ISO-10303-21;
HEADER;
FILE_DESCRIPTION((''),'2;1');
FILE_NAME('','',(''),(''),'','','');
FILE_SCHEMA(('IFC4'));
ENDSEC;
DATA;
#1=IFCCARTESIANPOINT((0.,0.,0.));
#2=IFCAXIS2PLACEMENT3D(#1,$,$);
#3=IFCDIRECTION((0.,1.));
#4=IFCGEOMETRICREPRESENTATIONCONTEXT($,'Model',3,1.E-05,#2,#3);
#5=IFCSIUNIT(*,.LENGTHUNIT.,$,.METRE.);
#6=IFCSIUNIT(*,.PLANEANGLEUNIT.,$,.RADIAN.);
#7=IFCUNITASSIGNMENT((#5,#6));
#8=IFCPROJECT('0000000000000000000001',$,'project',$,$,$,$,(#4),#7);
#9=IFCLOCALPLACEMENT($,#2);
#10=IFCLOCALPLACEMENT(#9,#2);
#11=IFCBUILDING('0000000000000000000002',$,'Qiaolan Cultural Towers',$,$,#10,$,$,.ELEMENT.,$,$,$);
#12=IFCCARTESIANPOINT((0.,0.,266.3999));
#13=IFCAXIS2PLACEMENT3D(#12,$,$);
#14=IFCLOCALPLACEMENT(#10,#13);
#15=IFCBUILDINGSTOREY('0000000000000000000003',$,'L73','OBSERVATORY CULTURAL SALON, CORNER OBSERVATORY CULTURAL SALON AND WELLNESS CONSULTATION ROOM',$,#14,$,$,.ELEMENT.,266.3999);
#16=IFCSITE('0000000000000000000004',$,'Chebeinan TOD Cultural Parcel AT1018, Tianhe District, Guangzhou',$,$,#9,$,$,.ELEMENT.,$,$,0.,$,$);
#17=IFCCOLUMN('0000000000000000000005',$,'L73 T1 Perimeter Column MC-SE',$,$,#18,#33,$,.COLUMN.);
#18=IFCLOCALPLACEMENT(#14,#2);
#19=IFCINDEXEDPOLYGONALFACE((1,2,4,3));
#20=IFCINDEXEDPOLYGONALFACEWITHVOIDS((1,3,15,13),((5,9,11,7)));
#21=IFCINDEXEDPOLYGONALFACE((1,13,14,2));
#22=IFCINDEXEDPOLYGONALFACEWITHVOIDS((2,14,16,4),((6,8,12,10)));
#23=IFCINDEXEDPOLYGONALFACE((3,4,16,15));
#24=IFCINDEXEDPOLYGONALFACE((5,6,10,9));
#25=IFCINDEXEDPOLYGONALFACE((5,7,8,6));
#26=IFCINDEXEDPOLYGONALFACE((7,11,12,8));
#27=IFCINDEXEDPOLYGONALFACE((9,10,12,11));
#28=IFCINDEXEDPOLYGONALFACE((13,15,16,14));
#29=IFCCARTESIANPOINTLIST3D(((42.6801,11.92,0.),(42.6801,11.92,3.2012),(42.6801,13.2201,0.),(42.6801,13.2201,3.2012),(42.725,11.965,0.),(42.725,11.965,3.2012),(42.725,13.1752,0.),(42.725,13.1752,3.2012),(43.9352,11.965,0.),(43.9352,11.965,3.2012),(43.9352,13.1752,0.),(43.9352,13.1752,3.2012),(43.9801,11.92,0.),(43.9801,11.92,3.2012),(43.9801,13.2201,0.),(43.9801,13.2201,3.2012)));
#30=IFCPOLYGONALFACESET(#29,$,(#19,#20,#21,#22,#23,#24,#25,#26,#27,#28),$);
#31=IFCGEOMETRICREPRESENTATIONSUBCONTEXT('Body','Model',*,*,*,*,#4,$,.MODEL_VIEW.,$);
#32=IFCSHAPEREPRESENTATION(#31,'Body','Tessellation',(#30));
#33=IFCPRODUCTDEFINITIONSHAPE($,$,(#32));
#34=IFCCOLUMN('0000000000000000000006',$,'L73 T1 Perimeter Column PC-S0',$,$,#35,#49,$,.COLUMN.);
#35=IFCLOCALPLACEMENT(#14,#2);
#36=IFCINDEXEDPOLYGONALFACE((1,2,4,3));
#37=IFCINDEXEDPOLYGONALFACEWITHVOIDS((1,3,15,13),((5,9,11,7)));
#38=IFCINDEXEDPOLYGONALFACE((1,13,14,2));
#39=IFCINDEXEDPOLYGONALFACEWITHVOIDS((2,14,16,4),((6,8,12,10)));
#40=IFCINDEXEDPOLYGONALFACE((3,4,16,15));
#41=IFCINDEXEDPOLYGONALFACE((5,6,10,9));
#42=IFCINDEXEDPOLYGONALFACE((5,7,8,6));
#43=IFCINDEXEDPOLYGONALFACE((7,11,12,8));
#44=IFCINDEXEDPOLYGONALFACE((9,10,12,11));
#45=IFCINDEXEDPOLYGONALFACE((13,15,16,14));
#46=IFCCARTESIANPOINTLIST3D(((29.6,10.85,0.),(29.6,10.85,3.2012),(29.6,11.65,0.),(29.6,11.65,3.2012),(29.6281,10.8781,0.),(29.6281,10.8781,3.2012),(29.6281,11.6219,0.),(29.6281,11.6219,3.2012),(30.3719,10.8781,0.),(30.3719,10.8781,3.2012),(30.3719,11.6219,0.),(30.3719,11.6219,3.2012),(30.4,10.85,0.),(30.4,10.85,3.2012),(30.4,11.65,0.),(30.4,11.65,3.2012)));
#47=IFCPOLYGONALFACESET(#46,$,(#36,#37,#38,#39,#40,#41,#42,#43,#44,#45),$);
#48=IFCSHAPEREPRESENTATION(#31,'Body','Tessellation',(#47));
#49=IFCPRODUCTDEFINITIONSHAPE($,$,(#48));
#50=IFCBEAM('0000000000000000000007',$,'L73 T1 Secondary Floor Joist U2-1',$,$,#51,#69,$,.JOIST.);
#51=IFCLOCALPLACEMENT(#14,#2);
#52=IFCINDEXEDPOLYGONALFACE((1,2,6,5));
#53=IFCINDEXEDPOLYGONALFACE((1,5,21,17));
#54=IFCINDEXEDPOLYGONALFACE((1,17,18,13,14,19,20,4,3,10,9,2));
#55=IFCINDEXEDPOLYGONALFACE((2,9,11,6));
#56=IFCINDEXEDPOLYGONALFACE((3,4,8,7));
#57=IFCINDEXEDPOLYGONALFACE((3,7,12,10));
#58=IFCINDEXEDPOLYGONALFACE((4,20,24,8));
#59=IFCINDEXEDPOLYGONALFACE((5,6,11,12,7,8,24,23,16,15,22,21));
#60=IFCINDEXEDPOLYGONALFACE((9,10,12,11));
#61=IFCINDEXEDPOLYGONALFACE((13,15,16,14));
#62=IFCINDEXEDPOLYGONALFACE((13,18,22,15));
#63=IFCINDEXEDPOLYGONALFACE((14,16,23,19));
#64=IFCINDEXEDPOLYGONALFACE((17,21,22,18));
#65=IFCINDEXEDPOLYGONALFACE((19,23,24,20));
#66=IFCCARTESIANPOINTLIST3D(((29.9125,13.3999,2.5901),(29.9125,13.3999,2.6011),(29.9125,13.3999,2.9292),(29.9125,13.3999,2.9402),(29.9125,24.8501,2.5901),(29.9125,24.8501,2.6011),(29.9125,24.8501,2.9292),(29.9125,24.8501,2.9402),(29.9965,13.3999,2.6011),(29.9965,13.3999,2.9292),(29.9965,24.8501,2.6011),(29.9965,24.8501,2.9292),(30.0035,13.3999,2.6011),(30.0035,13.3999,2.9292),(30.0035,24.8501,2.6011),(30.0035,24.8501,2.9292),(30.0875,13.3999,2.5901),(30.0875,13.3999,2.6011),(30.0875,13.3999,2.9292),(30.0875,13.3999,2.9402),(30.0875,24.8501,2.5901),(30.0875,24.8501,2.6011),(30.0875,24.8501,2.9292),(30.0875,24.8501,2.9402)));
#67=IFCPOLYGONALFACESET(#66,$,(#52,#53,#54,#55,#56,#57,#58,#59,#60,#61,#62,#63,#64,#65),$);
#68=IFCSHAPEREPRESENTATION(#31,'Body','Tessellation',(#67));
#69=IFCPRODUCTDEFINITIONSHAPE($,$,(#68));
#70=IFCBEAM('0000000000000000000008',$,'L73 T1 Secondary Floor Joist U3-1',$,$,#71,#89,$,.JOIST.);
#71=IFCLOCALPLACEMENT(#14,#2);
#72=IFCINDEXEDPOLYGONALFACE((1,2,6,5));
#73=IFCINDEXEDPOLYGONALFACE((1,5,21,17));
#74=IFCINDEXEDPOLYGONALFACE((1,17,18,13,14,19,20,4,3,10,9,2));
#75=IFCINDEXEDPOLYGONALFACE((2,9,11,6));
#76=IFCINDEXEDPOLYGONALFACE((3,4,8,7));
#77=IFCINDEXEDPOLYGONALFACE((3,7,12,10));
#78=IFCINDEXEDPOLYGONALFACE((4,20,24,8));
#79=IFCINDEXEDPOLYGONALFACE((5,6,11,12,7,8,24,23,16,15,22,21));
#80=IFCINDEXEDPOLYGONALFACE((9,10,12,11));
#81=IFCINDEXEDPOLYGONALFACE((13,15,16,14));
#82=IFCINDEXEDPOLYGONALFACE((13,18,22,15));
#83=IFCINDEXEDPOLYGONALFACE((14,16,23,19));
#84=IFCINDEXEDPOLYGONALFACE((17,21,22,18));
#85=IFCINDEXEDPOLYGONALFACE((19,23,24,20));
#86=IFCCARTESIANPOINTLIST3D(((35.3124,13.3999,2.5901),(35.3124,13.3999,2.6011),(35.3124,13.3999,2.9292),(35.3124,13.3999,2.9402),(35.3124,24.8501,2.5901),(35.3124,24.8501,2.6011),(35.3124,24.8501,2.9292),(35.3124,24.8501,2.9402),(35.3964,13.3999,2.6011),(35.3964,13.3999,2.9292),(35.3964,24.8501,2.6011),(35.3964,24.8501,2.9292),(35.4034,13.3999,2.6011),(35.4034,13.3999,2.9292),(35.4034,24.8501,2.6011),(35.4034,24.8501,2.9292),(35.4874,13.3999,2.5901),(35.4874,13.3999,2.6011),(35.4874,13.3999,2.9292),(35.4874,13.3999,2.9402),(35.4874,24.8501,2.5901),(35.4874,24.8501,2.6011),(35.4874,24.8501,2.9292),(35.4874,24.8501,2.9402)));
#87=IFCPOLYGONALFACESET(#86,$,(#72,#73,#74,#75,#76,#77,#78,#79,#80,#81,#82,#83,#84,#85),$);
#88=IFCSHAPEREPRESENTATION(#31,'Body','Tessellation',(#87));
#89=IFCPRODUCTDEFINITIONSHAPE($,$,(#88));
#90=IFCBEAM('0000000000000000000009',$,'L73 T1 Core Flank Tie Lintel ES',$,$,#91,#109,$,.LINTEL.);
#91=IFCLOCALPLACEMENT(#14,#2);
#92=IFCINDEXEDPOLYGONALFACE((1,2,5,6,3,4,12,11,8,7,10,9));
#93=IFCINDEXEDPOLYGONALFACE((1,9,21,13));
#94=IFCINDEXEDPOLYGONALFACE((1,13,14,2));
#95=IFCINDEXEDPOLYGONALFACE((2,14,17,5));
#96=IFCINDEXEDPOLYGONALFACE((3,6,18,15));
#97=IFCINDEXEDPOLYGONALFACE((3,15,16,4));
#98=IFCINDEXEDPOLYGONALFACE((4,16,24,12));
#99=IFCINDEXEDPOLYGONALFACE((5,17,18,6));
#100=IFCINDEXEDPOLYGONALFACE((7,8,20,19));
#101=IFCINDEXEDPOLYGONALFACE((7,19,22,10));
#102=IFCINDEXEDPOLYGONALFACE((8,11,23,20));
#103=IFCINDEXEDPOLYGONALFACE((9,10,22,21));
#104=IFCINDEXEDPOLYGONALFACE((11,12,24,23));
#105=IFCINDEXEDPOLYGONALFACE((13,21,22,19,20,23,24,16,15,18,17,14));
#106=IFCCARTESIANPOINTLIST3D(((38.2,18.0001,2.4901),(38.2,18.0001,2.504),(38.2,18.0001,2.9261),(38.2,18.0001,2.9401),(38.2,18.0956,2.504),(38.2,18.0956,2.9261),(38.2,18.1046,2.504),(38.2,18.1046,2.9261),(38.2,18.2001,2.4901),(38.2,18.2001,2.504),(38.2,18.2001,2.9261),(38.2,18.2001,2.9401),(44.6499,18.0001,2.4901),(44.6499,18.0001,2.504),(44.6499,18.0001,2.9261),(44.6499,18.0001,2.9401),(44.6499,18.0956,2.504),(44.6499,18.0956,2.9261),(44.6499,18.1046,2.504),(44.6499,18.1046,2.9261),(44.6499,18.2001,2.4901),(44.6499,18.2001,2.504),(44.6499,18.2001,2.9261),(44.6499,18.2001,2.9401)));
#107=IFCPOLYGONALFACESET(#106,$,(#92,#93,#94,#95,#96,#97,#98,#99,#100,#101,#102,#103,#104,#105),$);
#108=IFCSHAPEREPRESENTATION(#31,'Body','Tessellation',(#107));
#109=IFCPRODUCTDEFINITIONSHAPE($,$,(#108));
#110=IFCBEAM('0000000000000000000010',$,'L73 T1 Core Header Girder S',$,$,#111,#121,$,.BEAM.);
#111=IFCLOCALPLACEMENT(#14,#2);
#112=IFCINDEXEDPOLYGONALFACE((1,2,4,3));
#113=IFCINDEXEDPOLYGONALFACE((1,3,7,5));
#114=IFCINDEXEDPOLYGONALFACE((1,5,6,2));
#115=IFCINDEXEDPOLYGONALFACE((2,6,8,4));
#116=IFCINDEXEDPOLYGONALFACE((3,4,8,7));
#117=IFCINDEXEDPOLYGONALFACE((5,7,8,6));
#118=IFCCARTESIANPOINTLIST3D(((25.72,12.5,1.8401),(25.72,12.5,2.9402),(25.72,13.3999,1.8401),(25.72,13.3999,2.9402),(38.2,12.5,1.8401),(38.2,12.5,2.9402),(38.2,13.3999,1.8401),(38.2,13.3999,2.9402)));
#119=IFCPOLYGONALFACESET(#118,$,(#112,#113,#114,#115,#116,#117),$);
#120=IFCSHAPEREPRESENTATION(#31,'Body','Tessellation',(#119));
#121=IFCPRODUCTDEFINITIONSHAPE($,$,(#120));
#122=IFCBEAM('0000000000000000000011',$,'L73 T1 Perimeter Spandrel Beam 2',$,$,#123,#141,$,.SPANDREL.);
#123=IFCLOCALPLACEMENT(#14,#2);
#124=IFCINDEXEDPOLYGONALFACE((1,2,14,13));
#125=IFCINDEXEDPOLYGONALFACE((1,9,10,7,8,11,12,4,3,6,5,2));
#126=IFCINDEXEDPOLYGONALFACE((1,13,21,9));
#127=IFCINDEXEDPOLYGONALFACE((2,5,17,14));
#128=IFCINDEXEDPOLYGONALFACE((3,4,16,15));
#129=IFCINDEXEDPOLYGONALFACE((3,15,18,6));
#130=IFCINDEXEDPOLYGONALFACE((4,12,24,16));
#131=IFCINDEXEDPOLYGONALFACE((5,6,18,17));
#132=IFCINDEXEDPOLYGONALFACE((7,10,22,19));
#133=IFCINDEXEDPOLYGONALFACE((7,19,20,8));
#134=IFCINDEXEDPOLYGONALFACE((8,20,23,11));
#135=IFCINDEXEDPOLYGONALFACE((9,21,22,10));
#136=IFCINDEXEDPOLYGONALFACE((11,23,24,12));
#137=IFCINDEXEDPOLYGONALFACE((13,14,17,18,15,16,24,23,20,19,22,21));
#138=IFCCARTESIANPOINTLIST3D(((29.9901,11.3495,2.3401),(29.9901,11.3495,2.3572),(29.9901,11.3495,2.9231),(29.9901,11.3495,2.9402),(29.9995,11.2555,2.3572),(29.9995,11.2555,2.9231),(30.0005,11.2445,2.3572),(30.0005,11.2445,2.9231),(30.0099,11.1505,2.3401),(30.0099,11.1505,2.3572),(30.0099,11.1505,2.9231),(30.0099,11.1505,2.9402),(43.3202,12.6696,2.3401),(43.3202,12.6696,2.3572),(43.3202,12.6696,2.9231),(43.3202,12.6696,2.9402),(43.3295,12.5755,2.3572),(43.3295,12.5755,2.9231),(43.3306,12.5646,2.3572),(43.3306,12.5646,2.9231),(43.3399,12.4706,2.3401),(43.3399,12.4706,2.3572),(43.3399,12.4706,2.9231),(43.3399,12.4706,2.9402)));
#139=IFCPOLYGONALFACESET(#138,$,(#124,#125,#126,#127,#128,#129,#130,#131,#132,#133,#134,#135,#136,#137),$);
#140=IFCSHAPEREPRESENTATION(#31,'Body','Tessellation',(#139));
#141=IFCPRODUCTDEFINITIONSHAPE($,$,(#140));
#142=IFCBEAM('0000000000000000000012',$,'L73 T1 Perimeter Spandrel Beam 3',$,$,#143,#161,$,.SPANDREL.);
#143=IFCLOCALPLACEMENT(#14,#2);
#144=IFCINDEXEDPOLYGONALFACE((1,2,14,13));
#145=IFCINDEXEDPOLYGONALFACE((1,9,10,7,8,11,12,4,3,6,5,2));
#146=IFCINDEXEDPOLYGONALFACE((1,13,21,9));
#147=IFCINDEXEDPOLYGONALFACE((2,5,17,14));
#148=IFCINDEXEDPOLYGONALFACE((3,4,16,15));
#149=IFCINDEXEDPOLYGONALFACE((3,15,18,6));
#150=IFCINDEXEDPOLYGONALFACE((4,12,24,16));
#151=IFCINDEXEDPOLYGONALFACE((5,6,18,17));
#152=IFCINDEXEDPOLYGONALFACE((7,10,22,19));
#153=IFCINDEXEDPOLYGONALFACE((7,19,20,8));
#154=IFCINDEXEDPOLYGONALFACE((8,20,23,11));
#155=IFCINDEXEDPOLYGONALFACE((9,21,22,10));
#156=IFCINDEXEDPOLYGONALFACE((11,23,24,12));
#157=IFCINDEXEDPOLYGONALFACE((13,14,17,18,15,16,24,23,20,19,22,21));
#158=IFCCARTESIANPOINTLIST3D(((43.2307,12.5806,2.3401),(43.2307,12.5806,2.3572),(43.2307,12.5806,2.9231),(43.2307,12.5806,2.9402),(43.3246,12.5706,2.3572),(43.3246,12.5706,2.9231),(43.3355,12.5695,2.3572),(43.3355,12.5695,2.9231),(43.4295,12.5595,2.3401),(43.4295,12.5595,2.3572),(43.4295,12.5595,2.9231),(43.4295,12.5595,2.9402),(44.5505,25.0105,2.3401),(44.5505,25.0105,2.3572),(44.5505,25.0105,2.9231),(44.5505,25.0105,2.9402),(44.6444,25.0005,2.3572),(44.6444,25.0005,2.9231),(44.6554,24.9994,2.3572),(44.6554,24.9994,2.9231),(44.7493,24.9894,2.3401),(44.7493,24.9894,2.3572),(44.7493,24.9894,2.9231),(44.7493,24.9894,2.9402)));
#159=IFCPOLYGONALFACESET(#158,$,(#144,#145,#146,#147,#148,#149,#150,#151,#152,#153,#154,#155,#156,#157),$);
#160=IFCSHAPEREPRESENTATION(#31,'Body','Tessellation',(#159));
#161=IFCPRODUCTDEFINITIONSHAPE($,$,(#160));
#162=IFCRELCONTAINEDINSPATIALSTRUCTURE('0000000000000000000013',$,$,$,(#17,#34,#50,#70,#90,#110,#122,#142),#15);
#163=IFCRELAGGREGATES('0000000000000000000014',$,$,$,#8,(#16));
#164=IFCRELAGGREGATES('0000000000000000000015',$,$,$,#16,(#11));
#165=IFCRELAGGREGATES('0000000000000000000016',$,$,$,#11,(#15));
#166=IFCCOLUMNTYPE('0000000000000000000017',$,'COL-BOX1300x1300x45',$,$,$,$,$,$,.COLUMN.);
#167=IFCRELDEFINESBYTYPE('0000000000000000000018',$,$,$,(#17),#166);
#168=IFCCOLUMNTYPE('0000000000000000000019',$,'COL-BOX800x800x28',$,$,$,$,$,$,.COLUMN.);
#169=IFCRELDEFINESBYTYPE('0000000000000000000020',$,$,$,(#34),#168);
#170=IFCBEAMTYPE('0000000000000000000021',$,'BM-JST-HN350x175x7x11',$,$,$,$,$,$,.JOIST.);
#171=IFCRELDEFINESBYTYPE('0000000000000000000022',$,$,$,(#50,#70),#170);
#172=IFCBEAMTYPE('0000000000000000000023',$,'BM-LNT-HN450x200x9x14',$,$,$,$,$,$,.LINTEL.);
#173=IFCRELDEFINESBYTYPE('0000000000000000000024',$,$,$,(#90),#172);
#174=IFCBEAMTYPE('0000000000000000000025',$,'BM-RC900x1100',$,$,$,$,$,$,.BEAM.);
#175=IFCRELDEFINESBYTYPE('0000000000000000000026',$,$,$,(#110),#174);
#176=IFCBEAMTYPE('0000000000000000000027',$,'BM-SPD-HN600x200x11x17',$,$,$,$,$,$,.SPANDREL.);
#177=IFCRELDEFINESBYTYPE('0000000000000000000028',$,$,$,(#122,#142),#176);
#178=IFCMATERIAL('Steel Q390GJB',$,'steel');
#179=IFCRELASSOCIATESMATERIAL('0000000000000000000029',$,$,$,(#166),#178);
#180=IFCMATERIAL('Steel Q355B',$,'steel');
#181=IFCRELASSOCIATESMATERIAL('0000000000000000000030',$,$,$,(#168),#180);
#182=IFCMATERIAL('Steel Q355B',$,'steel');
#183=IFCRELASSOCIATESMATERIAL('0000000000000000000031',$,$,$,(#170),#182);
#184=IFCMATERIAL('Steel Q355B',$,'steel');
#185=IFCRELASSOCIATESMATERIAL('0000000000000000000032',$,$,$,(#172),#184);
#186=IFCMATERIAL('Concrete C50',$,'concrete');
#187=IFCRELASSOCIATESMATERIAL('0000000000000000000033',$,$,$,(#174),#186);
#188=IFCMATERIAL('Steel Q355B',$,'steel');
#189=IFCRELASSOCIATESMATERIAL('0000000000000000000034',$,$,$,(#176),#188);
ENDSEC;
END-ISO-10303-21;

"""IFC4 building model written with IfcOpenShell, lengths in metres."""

from ifc_helpers import new_model, si_unit, direction, frame, origin, origin_2d, place, context, subcontext, project, spatial, rectangle, hollow_rectangle, i_section, extrude, material, material_profile, profile_set, type_object, element, save


model = new_model("IFC4")

# Units and contexts
model_context = context("Model", 3, precision=1e-05, world=origin(), true_north=direction((0.0, 1.0)))
body_context = subcontext(model_context, "Body", "Model", "MODEL_VIEW")
ifc_project = project(units=[si_unit("LENGTHUNIT", "METRE"), si_unit("PLANEANGLEUNIT", "RADIAN")], contexts=[model_context])

# Site, building, storey
site_placement = place(None, origin())
site = spatial("IfcSite", under=ifc_project, at=site_placement, Name="Chebeinan TOD Cultural Parcel AT1018, Tianhe District, Guangzhou", CompositionType="ELEMENT", RefElevation=0.0)
building_placement = place(site_placement, origin())
building = spatial("IfcBuilding", under=site, at=building_placement, Name="Qiaolan Cultural Towers", CompositionType="ELEMENT")
storey_placement = place(building_placement, frame((0.0, 0.0, 266.3999)))
storey = spatial("IfcBuildingStorey", under=building, at=storey_placement, Name="L73", Description="OBSERVATORY CULTURAL SALON, CORNER OBSERVATORY CULTURAL SALON AND WELLNESS CONSULTATION ROOM", CompositionType="ELEMENT", Elevation=266.3999)

# Columns
ifc_material_1 = material(Name="Steel Q390GJB", Category="steel")
ifc_material_profile_1 = material_profile(ifc_material_1, hollow_rectangle(XDim=1.3, YDim=1.3, WallThickness=0.0449, at=origin_2d()), Name="BOX1300x1300x45")
ifc_profile_set_1 = profile_set([ifc_material_profile_1], Name="Steel Q390GJB")
column_type_1 = type_object("IfcColumnType", Name="COL-BOX1300x1300x45", PredefinedType="COLUMN", material=ifc_profile_set_1)
column_1_placement = place(storey_placement, frame((43.3301, 12.5701, 0.0), z_axis=(0.0, 0.0, 1.0), x_axis=(1.0, 0.0, 0.0)))
element("IfcColumn", 1, at=column_1_placement, inside=storey, type_object=column_type_1, Name="L73 T1 Perimeter Column MC-SE", PredefinedType="COLUMN", context=body_context, shape_type="SweptSolid", body=[
    extrude(hollow_rectangle(XDim=1.3, YDim=1.3, WallThickness=0.0449, at=origin_2d()), origin(), (0.0, 0.0, 1.0), 3.2012),
])
ifc_material_2 = material(Name="Steel Q355B", Category="steel")
ifc_material_profile_2 = material_profile(ifc_material_2, hollow_rectangle(XDim=0.8, YDim=0.8, WallThickness=0.0281, at=origin_2d()), Name="BOX800x800x28")
ifc_profile_set_2 = profile_set([ifc_material_profile_2], Name="Steel Q355B")
column_type_2 = type_object("IfcColumnType", Name="COL-BOX800x800x28", PredefinedType="COLUMN", material=ifc_profile_set_2)
column_2_placement = place(storey_placement, frame((30.0, 11.25, 0.0), z_axis=(0.0, 0.0, 1.0), x_axis=(1.0, 0.0, 0.0)))
element("IfcColumn", 2, at=column_2_placement, inside=storey, type_object=column_type_2, Name="L73 T1 Perimeter Column PC-S0", PredefinedType="COLUMN", context=body_context, shape_type="SweptSolid", body=[
    extrude(hollow_rectangle(XDim=0.8, YDim=0.8, WallThickness=0.0281, at=origin_2d()), origin(), (0.0, 0.0, 1.0), 3.2012),
])

# Beams
ifc_material_3 = material(Name="Steel Q355B", Category="steel")
ifc_material_profile_3 = material_profile(ifc_material_3, i_section(OverallWidth=0.175, OverallDepth=0.3501, WebThickness=0.0071, FlangeThickness=0.011, at=origin_2d()), Name="HN350x175x7x11")
ifc_profile_set_3 = profile_set([ifc_material_profile_3], Name="Steel Q355B")
beam_type_1 = type_object("IfcBeamType", Name="BM-JST-HN350x175x7x11", PredefinedType="JOIST", material=ifc_profile_set_3)
for number, where, z_axis, x_axis, name in (
    (3, (30.0, 13.3999, 2.7651), (0.0, 1.0, 0.0), (-1.0, 0.0, 0.0), "L73 T1 Secondary Floor Joist U2-1"),
    (4, (35.3999, 13.3999, 2.7651), (0.0, 1.0, 0.0), (-1.0, 0.0, 0.0), "L73 T1 Secondary Floor Joist U3-1"),
):
    element("IfcBeam", number, at=place(storey_placement, frame(where, z_axis=z_axis, x_axis=x_axis)), inside=storey, type_object=beam_type_1, Name=name, PredefinedType="JOIST", context=body_context, shape_type="SweptSolid", body=[
        extrude(i_section(OverallWidth=0.175, OverallDepth=0.3501, WebThickness=0.0071, FlangeThickness=0.011, at=origin_2d()), origin(), (0.0, 0.0, 1.0), 11.4502),
    ])
ifc_material_4 = material(Name="Steel Q355B", Category="steel")
ifc_material_profile_4 = material_profile(ifc_material_4, i_section(OverallWidth=0.2, OverallDepth=0.45, WebThickness=0.009, FlangeThickness=0.0139, at=origin_2d()), Name="HN450x200x9x14")
ifc_profile_set_4 = profile_set([ifc_material_profile_4], Name="Steel Q355B")
beam_type_2 = type_object("IfcBeamType", Name="BM-LNT-HN450x200x9x14", PredefinedType="LINTEL", material=ifc_profile_set_4)
beam_1_placement = place(storey_placement, frame((38.2, 18.1001, 2.7151), z_axis=(1.0, 0.0, 0.0), x_axis=(0.0, 1.0, 0.0)))
element("IfcBeam", 5, at=beam_1_placement, inside=storey, type_object=beam_type_2, Name="L73 T1 Core Flank Tie Lintel ES", PredefinedType="LINTEL", context=body_context, shape_type="SweptSolid", body=[
    extrude(i_section(OverallWidth=0.2, OverallDepth=0.45, WebThickness=0.009, FlangeThickness=0.0139, at=origin_2d()), origin(), (0.0, 0.0, 1.0), 6.45),
])
ifc_material_5 = material(Name="Concrete C50", Category="concrete")
ifc_material_profile_5 = material_profile(ifc_material_5, rectangle(XDim=0.8999, YDim=1.1001, at=origin_2d()), Name="RC900x1100")
ifc_profile_set_5 = profile_set([ifc_material_profile_5], Name="Concrete C50")
beam_type_3 = type_object("IfcBeamType", Name="BM-RC900x1100", PredefinedType="BEAM", material=ifc_profile_set_5)
beam_2_placement = place(storey_placement, frame((25.72, 12.95, 2.3901), z_axis=(1.0, 0.0, 0.0), x_axis=(0.0, 1.0, 0.0)))
element("IfcBeam", 6, at=beam_2_placement, inside=storey, type_object=beam_type_3, Name="L73 T1 Core Header Girder S", PredefinedType="BEAM", context=body_context, shape_type="SweptSolid", body=[
    extrude(rectangle(XDim=0.8999, YDim=1.1001, at=origin_2d()), origin(), (0.0, 0.0, 1.0), 12.48),
])
ifc_material_6 = material(Name="Steel Q355B", Category="steel")
ifc_material_profile_6 = material_profile(ifc_material_6, i_section(OverallWidth=0.2, OverallDepth=0.6001, WebThickness=0.011, FlangeThickness=0.0171, at=origin_2d()), Name="HN600x200x11x17")
ifc_profile_set_6 = profile_set([ifc_material_profile_6], Name="Steel Q355B")
beam_type_4 = type_object("IfcBeamType", Name="BM-SPD-HN600x200x11x17", PredefinedType="SPANDREL", material=ifc_profile_set_6)
beam_3_placement = place(storey_placement, frame((30.0, 11.25, 2.6401), z_axis=(0.995132, 0.098547, 0.0), x_axis=(-0.098547, 0.995132, 0.0)))
element("IfcBeam", 7, at=beam_3_placement, inside=storey, type_object=beam_type_4, Name="L73 T1 Perimeter Spandrel Beam 2", PredefinedType="SPANDREL", context=body_context, shape_type="SweptSolid", body=[
    extrude(i_section(OverallWidth=0.2, OverallDepth=0.6001, WebThickness=0.011, FlangeThickness=0.0171, at=origin_2d()), origin(), (0.0, 0.0, 1.0), 13.3953),
])
beam_4_placement = place(storey_placement, frame((43.3301, 12.5701, 2.6401), z_axis=(0.105588, 0.99441, 0.0), x_axis=(-0.99441, 0.105588, 0.0)))
element("IfcBeam", 8, at=beam_4_placement, inside=storey, type_object=beam_type_4, Name="L73 T1 Perimeter Spandrel Beam 3", PredefinedType="SPANDREL", context=body_context, shape_type="SweptSolid", body=[
    extrude(i_section(OverallWidth=0.2, OverallDepth=0.6001, WebThickness=0.011, FlangeThickness=0.0171, at=origin_2d()), origin(), (0.0, 0.0, 1.0), 12.4998),
])

save(model, "model.ifc")
